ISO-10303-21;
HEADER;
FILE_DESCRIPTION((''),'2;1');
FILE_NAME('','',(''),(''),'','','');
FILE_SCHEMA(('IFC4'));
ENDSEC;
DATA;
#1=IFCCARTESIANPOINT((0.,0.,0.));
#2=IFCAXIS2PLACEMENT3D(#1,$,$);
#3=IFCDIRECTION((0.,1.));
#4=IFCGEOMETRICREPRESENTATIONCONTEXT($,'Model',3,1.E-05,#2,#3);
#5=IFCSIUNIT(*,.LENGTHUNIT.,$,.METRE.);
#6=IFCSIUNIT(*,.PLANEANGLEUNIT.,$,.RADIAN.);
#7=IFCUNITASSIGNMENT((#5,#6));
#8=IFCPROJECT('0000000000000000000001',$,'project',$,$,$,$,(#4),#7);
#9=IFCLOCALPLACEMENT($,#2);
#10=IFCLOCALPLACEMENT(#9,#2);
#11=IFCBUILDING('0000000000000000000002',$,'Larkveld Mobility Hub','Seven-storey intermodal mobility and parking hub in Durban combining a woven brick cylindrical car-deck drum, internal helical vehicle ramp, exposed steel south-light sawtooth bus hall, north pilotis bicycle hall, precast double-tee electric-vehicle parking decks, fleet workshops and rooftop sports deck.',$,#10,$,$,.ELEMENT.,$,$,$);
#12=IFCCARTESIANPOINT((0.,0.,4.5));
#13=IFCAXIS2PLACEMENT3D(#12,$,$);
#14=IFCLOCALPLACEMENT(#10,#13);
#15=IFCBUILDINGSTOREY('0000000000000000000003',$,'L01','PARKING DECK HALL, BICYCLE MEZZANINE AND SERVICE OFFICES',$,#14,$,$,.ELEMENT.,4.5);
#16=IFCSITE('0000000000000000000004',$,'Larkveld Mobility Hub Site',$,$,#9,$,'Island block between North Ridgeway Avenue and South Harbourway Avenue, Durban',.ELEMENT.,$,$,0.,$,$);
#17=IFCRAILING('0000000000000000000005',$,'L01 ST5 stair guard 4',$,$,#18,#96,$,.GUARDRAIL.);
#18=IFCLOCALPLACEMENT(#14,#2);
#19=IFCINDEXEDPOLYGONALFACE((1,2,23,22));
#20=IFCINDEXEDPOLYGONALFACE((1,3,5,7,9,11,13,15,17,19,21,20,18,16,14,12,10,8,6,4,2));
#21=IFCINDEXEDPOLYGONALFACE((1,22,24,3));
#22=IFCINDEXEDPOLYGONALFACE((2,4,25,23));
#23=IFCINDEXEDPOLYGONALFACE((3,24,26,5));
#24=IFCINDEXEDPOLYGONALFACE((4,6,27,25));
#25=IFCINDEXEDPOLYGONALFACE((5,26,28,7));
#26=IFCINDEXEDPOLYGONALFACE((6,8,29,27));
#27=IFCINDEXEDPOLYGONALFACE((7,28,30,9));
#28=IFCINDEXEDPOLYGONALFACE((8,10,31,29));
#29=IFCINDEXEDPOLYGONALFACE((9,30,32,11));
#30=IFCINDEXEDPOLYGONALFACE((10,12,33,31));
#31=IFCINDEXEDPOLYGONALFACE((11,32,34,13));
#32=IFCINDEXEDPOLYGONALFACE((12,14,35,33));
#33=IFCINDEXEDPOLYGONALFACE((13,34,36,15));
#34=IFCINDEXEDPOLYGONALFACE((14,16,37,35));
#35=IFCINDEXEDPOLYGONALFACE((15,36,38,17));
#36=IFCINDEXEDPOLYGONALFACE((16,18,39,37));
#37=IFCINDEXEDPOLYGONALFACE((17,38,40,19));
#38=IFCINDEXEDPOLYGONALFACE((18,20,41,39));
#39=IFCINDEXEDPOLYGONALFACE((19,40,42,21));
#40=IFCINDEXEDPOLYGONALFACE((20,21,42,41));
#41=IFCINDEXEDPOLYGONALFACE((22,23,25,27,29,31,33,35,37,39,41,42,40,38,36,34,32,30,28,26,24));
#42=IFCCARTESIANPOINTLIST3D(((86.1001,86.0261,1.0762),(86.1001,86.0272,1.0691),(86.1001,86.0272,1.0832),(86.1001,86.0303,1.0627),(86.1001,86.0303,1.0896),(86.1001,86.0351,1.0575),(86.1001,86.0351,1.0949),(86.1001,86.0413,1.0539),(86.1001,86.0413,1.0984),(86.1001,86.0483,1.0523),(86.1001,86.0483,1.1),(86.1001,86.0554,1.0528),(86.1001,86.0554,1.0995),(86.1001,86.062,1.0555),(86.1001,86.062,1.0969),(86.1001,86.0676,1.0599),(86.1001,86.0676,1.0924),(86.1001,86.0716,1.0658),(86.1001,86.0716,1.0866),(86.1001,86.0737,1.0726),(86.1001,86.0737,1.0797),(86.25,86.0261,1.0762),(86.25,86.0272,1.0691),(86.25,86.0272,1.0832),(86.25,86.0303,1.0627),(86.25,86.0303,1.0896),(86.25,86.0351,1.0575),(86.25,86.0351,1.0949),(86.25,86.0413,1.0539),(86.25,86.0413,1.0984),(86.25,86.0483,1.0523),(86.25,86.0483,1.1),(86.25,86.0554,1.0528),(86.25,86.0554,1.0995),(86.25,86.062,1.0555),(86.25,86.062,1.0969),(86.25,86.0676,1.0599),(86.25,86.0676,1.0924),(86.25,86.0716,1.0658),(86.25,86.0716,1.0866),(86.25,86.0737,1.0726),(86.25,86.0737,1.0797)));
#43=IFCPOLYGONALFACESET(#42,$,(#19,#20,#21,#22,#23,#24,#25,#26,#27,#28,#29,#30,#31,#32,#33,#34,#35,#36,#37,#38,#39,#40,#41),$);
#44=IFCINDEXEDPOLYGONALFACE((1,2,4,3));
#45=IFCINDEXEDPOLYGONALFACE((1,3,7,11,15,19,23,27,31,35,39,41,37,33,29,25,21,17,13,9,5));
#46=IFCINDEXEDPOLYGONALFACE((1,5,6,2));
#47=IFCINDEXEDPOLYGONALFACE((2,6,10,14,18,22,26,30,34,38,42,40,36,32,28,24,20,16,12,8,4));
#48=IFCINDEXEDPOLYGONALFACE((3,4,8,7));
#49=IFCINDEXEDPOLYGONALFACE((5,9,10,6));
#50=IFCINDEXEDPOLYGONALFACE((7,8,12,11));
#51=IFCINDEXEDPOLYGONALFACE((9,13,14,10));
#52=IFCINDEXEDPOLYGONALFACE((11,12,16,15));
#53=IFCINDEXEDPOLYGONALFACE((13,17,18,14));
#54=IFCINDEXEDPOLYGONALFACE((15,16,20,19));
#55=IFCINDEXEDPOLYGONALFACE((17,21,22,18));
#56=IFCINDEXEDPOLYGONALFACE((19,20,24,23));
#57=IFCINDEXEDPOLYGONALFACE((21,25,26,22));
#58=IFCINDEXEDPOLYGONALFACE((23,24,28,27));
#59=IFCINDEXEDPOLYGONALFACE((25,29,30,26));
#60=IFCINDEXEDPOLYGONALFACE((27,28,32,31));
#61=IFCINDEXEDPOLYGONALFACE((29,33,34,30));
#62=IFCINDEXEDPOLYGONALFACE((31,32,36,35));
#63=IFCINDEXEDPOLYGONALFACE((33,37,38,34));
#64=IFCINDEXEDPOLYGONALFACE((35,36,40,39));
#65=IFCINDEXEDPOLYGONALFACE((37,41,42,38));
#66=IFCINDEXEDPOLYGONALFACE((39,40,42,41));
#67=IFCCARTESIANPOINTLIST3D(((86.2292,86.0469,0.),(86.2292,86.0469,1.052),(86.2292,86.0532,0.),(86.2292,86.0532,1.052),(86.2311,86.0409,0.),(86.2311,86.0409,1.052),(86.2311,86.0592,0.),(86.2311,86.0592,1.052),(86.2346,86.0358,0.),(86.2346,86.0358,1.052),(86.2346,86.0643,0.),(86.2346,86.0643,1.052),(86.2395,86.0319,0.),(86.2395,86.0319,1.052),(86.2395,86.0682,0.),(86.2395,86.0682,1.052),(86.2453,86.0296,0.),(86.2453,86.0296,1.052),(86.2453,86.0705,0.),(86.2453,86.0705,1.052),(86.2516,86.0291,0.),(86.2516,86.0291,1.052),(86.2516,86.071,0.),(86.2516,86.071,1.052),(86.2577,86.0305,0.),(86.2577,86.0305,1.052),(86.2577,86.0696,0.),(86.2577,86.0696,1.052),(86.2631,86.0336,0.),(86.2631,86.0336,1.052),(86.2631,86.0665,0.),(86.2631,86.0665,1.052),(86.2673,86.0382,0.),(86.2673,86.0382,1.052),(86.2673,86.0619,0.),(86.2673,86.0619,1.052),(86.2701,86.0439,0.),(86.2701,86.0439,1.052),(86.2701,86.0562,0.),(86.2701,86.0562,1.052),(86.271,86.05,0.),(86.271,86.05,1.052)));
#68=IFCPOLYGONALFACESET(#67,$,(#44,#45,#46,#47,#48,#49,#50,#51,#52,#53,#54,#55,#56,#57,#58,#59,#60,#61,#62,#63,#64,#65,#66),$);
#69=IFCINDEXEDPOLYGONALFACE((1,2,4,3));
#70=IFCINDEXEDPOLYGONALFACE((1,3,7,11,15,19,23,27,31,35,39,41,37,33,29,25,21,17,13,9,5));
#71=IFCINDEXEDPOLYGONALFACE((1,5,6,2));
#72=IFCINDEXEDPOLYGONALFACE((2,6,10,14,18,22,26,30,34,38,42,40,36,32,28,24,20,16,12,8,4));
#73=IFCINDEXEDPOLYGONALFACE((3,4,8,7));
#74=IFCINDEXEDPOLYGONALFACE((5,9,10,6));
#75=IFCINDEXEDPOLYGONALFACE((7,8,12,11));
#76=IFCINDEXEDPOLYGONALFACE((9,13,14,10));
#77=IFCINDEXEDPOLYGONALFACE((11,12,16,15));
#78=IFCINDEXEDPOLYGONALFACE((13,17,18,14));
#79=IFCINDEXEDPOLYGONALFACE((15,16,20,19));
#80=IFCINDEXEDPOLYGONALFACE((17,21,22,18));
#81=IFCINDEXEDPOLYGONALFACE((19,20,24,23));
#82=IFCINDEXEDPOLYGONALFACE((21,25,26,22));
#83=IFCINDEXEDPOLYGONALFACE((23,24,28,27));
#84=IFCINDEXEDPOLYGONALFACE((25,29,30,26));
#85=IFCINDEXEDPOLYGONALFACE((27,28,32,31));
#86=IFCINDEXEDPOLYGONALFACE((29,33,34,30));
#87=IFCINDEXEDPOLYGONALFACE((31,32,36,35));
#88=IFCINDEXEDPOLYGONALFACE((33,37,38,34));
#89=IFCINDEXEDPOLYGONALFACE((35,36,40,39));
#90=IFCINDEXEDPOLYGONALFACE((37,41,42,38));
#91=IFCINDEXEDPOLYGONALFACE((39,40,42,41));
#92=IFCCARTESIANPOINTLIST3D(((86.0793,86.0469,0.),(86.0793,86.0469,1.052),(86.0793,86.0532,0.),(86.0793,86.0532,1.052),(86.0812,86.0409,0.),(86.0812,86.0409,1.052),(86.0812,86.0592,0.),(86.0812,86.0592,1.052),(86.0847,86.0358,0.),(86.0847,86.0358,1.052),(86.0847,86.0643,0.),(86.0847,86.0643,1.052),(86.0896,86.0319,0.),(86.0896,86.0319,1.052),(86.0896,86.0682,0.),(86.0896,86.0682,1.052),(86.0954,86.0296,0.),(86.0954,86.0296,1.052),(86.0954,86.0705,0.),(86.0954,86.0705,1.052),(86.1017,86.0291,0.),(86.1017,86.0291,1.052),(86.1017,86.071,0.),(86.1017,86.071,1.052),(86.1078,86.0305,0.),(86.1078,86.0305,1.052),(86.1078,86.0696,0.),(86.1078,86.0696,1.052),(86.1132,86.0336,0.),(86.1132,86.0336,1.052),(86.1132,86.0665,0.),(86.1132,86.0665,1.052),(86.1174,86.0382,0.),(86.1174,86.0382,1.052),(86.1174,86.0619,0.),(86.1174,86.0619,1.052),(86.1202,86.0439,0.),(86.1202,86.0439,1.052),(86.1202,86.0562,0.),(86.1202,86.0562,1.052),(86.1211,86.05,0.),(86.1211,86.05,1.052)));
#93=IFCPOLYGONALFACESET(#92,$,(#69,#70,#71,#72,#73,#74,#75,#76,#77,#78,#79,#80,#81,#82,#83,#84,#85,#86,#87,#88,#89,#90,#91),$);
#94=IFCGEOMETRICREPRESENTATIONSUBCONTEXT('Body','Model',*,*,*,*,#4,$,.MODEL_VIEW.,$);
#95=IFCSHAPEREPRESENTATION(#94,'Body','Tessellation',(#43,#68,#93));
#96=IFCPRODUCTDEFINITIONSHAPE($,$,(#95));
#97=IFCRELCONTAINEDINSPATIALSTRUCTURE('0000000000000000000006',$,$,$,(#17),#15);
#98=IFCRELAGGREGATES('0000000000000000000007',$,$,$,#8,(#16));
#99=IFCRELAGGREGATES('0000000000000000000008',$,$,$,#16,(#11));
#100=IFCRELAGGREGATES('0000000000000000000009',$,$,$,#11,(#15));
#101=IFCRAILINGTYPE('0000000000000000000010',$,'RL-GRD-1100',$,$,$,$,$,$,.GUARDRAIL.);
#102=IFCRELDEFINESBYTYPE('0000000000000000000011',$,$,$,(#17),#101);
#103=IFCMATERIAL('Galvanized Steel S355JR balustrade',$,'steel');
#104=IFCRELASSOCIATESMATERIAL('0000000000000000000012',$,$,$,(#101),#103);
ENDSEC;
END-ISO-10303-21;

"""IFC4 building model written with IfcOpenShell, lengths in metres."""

from ifc_helpers import new_model, si_unit, direction, frame, origin, origin_2d, place, context, subcontext, project, spatial, circle, extrude, material, type_object, element, save


model = new_model("IFC4")

# Units and contexts
model_context = context("Model", 3, precision=1e-05, world=origin(), true_north=direction((0.0, 1.0)))
body_context = subcontext(model_context, "Body", "Model", "MODEL_VIEW")
ifc_project = project(units=[si_unit("LENGTHUNIT", "METRE"), si_unit("PLANEANGLEUNIT", "RADIAN")], contexts=[model_context])

# Site, building, storey
site_placement = place(None, origin())
site = spatial("IfcSite", under=ifc_project, at=site_placement, Name="Larkveld Mobility Hub Site", LongName="Island block between North Ridgeway Avenue and South Harbourway Avenue, Durban", CompositionType="ELEMENT", RefElevation=0.0)
building_placement = place(site_placement, origin())
building = spatial("IfcBuilding", under=site, at=building_placement, Name="Larkveld Mobility Hub", Description="Seven-storey intermodal mobility and parking hub in Durban combining a woven brick cylindrical car-deck drum, internal helical vehicle ramp, exposed steel south-light sawtooth bus hall, north pilotis bicycle hall, precast double-tee electric-vehicle parking decks, fleet workshops and rooftop sports deck.", CompositionType="ELEMENT")
storey_placement = place(building_placement, frame((0.0, 0.0, 4.5)))
storey = spatial("IfcBuildingStorey", under=building, at=storey_placement, Name="L01", Description="PARKING DECK HALL, BICYCLE MEZZANINE AND SERVICE OFFICES", CompositionType="ELEMENT", Elevation=4.5)

# Railing
ifc_material_1 = material(Name="Galvanized Steel S355JR balustrade", Category="steel")
railing_type_1 = type_object("IfcRailingType", Name="RL-GRD-1100", PredefinedType="GUARDRAIL", material=ifc_material_1)
railing_1_placement = place(storey_placement, frame((86.25, 86.05, 0.0)))
element("IfcRailing", 1, at=railing_1_placement, inside=storey, type_object=railing_type_1, Name="L01 ST5 stair guard 4", PredefinedType="GUARDRAIL", context=body_context, shape_type="SweptSolid", body=[
    extrude(circle(Radius=0.0239, at=origin_2d()), frame((0.0, 0.0, 1.0762), z_axis=(-1.0, 0.0, 0.0), x_axis=(0.0, -1.0, 0.0)), (0.0, 0.0, 1.0), 0.1499),
    extrude(circle(Radius=0.021, at=origin_2d()), origin(), (0.0, 0.0, 1.0), 1.052),
    extrude(circle(Radius=0.021, at=origin_2d()), frame((-0.1499, 0.0, 0.0)), (0.0, 0.0, 1.0), 1.052),
])

save(model, "model.ifc")
